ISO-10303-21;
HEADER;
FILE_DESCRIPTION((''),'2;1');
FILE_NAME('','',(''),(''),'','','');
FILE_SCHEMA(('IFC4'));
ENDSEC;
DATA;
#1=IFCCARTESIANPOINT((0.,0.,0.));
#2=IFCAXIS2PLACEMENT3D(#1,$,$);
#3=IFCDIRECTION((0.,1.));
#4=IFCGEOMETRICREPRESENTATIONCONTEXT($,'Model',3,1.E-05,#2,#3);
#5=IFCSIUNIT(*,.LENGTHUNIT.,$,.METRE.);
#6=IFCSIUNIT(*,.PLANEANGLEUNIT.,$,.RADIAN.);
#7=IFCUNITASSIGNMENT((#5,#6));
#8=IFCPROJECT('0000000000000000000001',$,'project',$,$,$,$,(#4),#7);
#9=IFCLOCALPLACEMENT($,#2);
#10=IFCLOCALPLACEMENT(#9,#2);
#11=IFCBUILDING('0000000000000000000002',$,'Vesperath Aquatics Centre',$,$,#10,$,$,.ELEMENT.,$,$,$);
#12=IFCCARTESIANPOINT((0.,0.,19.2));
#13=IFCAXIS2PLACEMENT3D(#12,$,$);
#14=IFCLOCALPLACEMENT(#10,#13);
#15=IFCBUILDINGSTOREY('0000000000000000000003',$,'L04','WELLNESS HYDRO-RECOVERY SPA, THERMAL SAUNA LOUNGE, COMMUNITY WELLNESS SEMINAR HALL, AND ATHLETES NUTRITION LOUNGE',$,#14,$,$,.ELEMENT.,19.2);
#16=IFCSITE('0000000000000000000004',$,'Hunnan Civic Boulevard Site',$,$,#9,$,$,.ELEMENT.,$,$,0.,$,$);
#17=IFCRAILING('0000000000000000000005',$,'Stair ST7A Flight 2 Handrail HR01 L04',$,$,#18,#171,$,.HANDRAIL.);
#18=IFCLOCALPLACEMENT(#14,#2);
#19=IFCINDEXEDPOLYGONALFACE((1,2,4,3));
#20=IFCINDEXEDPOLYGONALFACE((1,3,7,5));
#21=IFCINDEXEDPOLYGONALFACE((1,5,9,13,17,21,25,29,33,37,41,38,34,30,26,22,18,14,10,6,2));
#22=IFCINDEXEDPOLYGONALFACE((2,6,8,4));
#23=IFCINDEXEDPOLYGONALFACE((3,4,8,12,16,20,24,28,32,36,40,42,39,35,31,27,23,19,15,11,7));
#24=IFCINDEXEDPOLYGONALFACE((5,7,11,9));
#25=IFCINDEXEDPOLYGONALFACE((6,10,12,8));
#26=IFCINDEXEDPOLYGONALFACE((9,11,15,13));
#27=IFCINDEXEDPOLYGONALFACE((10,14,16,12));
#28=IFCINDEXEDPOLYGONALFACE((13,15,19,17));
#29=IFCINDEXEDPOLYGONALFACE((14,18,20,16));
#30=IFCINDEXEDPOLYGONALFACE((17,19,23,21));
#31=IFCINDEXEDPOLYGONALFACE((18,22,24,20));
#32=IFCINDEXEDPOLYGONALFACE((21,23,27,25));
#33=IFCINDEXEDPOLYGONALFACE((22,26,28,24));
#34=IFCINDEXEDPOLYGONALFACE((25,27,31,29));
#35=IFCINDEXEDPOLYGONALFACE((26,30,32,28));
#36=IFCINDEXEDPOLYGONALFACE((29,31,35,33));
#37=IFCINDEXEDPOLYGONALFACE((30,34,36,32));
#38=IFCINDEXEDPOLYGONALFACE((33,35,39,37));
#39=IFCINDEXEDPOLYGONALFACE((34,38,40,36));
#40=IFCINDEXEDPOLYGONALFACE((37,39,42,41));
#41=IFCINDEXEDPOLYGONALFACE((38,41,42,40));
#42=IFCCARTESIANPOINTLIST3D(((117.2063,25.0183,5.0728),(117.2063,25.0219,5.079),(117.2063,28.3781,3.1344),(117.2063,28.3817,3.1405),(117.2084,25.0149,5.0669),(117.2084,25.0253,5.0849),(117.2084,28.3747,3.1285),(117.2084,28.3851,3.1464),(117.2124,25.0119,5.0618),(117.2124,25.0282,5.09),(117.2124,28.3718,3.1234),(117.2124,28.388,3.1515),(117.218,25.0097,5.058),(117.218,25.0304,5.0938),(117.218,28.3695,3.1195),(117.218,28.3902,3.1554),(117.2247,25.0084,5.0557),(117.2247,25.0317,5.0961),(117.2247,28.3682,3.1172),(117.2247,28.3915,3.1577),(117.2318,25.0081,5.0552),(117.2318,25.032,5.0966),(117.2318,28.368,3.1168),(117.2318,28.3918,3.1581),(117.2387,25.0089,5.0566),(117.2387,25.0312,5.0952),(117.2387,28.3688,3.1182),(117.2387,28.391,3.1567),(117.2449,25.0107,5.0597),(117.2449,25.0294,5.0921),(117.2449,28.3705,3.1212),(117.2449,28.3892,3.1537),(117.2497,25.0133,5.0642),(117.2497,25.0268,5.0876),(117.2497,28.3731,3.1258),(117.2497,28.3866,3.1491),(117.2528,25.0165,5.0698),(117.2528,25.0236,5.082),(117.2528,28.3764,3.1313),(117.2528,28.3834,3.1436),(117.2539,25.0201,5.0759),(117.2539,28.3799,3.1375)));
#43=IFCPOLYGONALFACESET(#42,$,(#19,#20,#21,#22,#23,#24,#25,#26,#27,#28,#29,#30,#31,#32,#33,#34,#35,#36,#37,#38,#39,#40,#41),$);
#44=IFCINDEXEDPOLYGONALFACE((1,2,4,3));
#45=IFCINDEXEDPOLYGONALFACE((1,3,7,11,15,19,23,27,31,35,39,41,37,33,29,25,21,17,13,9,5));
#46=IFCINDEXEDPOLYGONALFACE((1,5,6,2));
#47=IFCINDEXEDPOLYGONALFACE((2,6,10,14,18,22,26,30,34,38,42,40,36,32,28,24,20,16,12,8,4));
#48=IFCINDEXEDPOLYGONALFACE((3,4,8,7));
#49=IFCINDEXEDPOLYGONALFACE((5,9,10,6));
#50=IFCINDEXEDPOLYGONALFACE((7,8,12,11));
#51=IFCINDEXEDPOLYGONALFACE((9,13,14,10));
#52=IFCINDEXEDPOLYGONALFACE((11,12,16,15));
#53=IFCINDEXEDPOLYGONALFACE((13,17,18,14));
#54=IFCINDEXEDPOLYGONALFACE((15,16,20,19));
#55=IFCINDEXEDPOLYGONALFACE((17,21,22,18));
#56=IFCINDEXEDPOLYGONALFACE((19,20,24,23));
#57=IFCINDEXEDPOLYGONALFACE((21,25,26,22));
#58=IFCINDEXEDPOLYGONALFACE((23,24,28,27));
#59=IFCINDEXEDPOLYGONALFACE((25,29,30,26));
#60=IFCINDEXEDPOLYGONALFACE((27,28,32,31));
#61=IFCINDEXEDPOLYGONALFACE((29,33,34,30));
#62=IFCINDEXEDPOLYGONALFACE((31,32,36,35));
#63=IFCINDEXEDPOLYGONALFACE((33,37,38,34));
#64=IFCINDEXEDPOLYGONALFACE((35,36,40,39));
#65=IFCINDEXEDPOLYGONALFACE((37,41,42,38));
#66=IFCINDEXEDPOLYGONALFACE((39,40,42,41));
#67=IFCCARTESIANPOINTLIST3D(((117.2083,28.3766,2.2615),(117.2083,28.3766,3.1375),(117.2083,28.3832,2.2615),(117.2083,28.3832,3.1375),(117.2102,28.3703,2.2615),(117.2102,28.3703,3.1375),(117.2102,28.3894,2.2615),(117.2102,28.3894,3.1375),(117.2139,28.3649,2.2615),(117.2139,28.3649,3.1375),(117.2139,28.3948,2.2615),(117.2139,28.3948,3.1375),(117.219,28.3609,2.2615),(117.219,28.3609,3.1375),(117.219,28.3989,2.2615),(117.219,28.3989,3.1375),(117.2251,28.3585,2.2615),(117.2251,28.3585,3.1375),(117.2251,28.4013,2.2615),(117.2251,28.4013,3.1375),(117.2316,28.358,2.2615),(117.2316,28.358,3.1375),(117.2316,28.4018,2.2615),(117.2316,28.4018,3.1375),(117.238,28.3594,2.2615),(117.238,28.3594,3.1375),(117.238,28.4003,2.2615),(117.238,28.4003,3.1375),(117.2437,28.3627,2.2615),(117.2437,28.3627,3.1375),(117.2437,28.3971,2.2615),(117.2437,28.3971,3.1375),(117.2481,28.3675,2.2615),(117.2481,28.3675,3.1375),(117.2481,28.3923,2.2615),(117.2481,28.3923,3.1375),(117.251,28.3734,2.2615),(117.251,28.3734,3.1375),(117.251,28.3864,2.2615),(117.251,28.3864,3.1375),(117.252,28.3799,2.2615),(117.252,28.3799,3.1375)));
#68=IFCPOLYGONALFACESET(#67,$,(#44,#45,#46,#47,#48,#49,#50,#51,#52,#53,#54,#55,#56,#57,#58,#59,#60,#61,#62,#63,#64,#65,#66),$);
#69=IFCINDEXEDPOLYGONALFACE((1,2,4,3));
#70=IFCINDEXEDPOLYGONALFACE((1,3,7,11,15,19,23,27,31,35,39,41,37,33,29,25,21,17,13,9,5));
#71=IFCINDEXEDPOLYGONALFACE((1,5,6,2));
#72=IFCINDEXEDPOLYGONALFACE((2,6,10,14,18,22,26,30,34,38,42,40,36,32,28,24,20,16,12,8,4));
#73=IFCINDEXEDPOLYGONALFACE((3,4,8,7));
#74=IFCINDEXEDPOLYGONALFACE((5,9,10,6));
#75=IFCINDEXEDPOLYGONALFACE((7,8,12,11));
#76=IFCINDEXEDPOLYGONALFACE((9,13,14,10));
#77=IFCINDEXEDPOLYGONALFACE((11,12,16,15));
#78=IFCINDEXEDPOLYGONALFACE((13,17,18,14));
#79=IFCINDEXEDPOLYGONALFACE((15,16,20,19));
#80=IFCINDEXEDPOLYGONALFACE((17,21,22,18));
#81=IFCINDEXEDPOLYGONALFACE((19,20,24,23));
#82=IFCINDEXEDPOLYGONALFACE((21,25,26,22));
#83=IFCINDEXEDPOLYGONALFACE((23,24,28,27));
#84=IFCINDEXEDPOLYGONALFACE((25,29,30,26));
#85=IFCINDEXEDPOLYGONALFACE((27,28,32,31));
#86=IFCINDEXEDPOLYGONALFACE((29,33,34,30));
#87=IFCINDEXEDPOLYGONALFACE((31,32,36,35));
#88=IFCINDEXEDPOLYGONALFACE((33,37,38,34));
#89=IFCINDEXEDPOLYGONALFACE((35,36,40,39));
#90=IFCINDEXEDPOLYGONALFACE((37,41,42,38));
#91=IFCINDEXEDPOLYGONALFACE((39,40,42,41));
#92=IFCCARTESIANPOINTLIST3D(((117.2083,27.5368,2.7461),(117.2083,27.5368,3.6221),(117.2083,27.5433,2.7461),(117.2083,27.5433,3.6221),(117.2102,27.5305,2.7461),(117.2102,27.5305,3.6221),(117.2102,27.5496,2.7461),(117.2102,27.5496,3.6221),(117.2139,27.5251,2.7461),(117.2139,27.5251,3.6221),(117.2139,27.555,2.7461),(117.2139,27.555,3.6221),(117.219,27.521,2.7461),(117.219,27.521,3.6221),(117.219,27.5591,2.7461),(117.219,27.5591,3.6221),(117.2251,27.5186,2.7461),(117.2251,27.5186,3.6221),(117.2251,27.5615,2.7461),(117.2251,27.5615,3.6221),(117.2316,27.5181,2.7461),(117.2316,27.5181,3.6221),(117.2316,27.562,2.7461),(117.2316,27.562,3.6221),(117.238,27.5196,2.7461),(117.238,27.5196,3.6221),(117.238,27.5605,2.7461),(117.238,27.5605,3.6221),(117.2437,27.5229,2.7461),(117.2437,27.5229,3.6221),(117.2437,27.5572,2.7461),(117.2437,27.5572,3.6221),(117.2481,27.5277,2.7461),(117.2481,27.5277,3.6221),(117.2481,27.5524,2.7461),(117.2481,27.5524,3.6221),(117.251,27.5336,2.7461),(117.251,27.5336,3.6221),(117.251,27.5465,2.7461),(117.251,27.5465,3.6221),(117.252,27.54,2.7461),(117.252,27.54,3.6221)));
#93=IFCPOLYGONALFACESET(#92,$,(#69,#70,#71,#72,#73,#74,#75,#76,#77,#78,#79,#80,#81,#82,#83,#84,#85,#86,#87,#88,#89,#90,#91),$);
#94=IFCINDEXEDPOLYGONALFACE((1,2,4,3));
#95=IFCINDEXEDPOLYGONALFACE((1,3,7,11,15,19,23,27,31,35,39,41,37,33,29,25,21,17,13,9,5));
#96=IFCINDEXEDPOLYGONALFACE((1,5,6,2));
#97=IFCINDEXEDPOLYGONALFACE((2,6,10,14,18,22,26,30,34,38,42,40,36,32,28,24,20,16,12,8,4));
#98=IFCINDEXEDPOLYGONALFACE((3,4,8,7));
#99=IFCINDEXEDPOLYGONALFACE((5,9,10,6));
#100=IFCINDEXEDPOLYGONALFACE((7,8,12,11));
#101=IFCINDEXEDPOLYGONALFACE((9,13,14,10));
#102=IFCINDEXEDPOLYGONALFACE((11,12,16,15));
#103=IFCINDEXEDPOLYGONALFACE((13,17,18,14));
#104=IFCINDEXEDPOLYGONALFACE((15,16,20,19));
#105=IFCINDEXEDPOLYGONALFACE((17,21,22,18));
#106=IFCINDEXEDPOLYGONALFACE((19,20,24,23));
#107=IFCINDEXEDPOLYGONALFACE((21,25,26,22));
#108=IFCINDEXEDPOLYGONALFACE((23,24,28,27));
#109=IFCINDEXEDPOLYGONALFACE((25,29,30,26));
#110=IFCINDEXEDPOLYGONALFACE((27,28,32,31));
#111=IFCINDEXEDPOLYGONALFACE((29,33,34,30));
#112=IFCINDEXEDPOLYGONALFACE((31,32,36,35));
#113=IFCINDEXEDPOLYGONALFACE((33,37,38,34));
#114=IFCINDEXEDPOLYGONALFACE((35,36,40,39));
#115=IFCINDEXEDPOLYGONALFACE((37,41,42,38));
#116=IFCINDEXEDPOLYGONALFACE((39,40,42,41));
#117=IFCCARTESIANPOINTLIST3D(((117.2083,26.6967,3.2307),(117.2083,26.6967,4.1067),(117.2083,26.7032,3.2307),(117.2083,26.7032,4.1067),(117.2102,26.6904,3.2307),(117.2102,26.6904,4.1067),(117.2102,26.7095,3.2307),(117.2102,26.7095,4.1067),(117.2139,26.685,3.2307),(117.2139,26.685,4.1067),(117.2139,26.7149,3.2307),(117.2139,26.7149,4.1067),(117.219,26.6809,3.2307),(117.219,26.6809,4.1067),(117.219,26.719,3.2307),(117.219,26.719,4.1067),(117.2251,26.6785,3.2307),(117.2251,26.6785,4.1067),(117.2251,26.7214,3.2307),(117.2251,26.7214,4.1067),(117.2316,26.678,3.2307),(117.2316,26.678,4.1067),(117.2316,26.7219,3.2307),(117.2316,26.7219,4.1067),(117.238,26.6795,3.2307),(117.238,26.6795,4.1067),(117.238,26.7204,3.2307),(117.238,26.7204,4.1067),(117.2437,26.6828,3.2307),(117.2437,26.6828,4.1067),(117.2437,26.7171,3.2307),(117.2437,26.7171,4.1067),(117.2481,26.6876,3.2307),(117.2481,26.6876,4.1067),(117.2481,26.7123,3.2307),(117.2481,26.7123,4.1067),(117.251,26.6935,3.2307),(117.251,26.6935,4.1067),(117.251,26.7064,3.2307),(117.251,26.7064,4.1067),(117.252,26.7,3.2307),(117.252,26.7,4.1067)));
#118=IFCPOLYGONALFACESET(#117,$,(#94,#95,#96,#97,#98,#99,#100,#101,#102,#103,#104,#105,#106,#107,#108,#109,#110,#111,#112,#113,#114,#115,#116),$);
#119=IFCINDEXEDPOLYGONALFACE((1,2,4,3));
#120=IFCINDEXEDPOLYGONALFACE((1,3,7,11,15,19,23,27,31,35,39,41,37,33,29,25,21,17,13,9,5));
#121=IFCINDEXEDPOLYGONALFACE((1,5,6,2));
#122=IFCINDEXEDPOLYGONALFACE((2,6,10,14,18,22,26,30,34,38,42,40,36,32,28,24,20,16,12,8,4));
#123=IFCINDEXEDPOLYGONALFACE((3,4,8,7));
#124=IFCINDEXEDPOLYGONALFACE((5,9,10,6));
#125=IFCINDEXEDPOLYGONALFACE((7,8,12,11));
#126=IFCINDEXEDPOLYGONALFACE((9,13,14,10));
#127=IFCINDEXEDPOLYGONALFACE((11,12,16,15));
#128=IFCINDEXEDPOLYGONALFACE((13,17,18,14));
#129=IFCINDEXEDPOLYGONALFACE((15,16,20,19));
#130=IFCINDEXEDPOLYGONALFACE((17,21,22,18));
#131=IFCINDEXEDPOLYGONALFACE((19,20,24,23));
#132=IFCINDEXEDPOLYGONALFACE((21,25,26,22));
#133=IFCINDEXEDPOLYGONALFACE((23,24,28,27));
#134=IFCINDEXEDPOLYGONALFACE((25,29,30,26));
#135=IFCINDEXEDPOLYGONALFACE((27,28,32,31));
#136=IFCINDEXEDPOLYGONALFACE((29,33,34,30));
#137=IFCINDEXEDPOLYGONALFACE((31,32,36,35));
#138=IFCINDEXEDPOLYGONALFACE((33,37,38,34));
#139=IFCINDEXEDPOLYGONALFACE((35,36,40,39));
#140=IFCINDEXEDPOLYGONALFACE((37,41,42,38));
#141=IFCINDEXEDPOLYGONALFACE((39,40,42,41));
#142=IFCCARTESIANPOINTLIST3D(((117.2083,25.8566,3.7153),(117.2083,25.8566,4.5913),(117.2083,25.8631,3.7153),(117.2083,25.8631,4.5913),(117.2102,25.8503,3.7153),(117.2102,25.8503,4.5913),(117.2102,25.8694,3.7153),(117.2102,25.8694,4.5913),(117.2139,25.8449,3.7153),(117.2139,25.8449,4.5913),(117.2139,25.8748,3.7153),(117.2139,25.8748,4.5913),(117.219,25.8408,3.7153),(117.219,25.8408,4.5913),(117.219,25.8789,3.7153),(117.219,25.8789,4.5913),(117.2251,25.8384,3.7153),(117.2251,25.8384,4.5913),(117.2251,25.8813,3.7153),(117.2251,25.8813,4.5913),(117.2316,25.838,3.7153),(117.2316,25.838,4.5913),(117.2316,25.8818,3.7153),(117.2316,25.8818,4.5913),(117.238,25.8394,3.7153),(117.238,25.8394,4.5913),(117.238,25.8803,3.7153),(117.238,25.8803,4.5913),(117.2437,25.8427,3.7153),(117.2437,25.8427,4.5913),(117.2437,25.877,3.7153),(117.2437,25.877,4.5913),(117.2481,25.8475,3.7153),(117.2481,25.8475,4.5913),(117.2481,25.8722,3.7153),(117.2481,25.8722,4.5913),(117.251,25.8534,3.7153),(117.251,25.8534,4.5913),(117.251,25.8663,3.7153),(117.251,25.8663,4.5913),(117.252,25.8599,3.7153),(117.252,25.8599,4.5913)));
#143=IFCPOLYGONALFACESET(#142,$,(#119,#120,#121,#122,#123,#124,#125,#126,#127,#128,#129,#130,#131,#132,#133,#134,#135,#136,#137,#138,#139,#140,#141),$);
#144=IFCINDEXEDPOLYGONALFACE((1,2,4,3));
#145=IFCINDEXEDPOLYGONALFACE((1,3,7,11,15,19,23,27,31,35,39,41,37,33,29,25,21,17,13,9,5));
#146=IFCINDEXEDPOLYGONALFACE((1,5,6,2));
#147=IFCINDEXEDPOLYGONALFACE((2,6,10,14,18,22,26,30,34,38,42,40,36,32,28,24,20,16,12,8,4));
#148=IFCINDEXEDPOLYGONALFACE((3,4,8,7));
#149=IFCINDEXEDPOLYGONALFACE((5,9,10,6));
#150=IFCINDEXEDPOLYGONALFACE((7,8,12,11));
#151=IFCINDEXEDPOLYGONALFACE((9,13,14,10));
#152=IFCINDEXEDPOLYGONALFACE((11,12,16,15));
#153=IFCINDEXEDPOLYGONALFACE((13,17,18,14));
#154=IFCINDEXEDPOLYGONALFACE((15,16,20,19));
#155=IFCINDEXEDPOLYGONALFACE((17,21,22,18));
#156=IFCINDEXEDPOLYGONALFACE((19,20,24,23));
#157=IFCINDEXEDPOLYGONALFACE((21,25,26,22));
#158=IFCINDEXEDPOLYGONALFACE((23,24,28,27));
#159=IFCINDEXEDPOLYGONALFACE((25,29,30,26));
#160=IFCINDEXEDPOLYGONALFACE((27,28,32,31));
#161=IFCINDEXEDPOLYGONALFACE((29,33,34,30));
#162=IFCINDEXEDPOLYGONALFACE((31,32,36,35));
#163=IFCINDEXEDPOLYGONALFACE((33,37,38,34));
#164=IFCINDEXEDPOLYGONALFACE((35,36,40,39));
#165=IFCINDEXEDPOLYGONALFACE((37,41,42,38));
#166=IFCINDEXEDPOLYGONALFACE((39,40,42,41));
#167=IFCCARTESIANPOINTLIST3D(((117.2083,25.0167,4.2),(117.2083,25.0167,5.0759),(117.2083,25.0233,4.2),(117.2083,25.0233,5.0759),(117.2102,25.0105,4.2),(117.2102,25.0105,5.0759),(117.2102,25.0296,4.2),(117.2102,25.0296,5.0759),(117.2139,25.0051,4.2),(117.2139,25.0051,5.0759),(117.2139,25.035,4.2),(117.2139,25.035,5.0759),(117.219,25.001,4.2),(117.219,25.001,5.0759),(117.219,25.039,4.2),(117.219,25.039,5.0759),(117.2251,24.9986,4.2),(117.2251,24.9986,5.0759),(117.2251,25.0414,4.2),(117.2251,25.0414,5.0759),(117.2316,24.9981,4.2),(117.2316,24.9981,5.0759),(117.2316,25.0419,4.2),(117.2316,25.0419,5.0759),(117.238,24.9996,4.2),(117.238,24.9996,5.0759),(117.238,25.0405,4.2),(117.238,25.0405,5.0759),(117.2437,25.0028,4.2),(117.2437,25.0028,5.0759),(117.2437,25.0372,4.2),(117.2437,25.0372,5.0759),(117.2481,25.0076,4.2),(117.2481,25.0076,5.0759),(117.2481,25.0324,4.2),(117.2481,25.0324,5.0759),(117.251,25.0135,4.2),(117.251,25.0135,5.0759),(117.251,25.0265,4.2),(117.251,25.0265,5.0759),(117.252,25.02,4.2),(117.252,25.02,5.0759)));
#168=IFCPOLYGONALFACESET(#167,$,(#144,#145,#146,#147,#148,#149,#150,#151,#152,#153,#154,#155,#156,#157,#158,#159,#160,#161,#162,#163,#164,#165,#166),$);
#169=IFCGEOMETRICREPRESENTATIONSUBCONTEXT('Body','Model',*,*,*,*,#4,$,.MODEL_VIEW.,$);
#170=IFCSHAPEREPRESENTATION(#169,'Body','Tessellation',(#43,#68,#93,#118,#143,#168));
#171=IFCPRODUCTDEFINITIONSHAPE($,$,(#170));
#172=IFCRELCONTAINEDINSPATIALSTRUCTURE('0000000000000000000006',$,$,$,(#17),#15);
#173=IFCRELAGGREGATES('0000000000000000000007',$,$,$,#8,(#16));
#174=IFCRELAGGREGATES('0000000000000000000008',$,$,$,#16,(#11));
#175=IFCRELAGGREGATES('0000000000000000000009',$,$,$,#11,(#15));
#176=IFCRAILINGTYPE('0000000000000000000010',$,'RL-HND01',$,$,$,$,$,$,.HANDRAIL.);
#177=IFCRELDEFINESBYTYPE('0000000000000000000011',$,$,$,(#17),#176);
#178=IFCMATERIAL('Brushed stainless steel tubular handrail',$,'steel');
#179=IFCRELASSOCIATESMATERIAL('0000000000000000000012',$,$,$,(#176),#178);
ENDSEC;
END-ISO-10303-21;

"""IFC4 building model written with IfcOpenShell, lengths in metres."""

from ifc_helpers import new_model, si_unit, direction, frame, origin, origin_2d, place, context, subcontext, project, spatial, circle, extrude, material, type_object, element, save


model = new_model("IFC4")

# Units and contexts
model_context = context("Model", 3, precision=1e-05, world=origin(), true_north=direction((0.0, 1.0)))
body_context = subcontext(model_context, "Body", "Model", "MODEL_VIEW")
ifc_project = project(units=[si_unit("LENGTHUNIT", "METRE"), si_unit("PLANEANGLEUNIT", "RADIAN")], contexts=[model_context])

# Site, building, storey
site_placement = place(None, origin())
site = spatial("IfcSite", under=ifc_project, at=site_placement, Name="Hunnan Civic Boulevard Site", CompositionType="ELEMENT", RefElevation=0.0)
building_placement = place(site_placement, origin())
building = spatial("IfcBuilding", under=site, at=building_placement, Name="Vesperath Aquatics Centre", CompositionType="ELEMENT")
storey_placement = place(building_placement, frame((0.0, 0.0, 19.2)))
storey = spatial("IfcBuildingStorey", under=building, at=storey_placement, Name="L04", Description="WELLNESS HYDRO-RECOVERY SPA, THERMAL SAUNA LOUNGE, COMMUNITY WELLNESS SEMINAR HALL, AND ATHLETES NUTRITION LOUNGE", CompositionType="ELEMENT", Elevation=19.2)

# Railing
ifc_material_1 = material(Name="Brushed stainless steel tubular handrail", Category="steel")
railing_type_1 = type_object("IfcRailingType", Name="RL-HND01", PredefinedType="HANDRAIL", material=ifc_material_1)
railing_1_placement = place(storey_placement, frame((117.23, 28.3799, 2.2615)))
element("IfcRailing", 1, at=railing_1_placement, inside=storey, type_object=railing_type_1, Name="Stair ST7A Flight 2 Handrail HR01 L04", PredefinedType="HANDRAIL", context=body_context, shape_type="SweptSolid", body=[
    extrude(circle(Radius=0.0239, at=origin_2d()), frame((0.0, 0.0, 0.876), z_axis=(0.0, -0.866175, 0.499741), x_axis=(1.0, 0.0, 0.0)), (0.0, 0.0, 1.0), 3.8789),
    extrude(circle(Radius=0.022, at=origin_2d()), origin(), (0.0, 0.0, 1.0), 0.876),
    extrude(circle(Radius=0.022, at=origin_2d()), frame((0.0, -0.8398, 0.4846)), (0.0, 0.0, 1.0), 0.876),
    extrude(circle(Radius=0.022, at=origin_2d()), frame((0.0, -1.6799, 0.9692)), (0.0, 0.0, 1.0), 0.876),
    extrude(circle(Radius=0.022, at=origin_2d()), frame((0.0, -2.52, 1.4539)), (0.0, 0.0, 1.0), 0.876),
    extrude(circle(Radius=0.022, at=origin_2d()), frame((0.0, -3.3599, 1.9385)), (0.0, 0.0, 1.0), 0.876),
])

save(model, "model.ifc")
